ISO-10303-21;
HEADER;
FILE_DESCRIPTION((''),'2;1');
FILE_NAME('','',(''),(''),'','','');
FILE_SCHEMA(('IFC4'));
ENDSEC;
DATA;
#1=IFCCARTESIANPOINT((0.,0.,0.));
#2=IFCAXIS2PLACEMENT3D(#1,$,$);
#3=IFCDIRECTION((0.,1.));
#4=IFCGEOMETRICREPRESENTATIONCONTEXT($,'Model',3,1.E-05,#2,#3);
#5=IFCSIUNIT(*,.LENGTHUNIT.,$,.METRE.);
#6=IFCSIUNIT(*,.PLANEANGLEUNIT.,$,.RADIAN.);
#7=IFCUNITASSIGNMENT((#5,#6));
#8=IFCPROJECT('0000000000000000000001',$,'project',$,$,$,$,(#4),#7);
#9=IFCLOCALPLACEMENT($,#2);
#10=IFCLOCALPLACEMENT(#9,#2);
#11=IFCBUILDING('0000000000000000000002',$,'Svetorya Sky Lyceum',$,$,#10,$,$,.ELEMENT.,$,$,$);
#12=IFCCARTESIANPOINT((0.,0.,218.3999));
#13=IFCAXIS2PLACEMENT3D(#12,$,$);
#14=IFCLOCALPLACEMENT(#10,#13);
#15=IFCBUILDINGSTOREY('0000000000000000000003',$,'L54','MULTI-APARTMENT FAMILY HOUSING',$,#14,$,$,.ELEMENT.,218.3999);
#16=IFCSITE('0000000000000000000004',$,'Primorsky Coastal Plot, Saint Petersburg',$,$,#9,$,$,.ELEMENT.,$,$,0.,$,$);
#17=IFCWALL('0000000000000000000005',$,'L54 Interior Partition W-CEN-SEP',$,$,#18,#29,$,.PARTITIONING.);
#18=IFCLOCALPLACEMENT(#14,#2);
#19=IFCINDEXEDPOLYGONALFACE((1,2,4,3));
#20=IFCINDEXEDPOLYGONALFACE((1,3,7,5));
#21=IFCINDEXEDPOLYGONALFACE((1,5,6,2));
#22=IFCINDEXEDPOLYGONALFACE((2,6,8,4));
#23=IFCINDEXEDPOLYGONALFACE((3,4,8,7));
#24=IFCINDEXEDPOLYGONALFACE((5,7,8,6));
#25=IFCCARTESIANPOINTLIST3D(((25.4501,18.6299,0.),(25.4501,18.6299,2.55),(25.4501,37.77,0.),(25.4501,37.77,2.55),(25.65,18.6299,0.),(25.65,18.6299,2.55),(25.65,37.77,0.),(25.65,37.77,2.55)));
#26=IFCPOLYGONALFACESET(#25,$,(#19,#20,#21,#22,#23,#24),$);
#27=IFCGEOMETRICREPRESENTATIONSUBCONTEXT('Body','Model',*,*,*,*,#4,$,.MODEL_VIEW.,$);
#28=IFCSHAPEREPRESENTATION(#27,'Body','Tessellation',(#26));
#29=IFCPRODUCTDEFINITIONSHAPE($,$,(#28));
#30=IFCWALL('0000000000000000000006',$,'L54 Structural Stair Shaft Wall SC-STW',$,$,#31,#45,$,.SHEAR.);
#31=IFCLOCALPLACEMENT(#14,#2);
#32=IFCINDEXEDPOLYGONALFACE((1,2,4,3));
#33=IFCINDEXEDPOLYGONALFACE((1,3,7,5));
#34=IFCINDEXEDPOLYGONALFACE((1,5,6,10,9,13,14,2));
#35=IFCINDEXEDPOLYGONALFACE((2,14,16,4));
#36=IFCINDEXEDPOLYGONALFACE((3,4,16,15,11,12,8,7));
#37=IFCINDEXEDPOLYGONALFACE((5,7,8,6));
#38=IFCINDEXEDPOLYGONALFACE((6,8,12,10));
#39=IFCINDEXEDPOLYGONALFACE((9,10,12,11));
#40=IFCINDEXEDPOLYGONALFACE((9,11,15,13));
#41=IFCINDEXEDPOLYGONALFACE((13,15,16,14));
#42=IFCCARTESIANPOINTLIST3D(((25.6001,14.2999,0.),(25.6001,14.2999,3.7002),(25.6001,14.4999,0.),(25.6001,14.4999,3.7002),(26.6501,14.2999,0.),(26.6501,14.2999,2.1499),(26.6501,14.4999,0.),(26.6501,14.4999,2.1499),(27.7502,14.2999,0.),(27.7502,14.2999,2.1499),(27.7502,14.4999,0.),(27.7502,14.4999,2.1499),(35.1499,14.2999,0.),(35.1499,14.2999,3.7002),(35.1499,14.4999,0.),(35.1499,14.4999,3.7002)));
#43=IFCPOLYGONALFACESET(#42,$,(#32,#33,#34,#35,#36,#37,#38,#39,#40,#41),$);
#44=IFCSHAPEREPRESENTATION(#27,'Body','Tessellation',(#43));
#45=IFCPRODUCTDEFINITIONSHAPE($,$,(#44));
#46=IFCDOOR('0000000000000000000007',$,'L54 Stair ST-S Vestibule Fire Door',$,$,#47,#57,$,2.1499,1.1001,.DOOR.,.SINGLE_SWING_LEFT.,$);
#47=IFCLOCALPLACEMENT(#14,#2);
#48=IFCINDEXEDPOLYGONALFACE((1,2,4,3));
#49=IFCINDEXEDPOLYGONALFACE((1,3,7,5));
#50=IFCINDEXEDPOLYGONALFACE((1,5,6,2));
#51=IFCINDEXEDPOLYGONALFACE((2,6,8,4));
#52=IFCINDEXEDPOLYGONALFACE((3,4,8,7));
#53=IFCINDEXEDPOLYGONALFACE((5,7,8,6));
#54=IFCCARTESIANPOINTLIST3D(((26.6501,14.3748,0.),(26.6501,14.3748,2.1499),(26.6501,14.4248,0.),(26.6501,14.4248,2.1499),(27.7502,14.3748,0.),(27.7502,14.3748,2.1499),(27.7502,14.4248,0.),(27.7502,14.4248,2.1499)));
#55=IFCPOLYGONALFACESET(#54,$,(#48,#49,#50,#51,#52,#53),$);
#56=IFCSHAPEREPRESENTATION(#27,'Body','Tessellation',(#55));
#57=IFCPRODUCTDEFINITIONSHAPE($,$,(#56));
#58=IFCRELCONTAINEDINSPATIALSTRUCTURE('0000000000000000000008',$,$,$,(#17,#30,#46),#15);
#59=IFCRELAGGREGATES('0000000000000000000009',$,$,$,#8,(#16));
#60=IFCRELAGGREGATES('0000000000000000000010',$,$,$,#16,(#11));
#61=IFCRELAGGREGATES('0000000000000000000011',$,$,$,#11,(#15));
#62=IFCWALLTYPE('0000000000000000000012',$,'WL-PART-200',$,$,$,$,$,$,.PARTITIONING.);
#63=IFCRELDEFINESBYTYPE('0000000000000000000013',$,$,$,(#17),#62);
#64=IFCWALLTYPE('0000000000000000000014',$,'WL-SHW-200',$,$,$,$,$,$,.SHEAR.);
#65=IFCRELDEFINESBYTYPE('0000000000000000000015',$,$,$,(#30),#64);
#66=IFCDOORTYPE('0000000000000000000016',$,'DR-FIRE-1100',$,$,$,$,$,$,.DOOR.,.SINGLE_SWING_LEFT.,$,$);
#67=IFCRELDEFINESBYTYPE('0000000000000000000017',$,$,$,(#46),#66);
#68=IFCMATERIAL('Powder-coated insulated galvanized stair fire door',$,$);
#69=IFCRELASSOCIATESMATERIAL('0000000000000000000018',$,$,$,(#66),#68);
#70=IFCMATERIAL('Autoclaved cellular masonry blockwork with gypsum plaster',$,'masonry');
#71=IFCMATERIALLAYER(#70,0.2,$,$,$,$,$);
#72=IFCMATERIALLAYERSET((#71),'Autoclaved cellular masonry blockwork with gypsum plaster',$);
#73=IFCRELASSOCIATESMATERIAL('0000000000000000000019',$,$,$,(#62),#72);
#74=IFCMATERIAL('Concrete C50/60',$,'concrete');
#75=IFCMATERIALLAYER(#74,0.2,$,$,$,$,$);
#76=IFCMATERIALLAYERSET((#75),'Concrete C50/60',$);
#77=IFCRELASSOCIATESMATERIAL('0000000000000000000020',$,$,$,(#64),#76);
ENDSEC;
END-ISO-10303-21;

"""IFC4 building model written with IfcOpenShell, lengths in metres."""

from ifc_helpers import new_model, si_unit, direction, frame, frame_2d, origin, place, context, subcontext, project, spatial, rectangle, extrude, material, layer, layer_set, type_object, element, fill, save


model = new_model("IFC4")

# Units and contexts
model_context = context("Model", 3, precision=1e-05, world=origin(), true_north=direction((0.0, 1.0)))
body_context = subcontext(model_context, "Body", "Model", "MODEL_VIEW")
ifc_project = project(units=[si_unit("LENGTHUNIT", "METRE"), si_unit("PLANEANGLEUNIT", "RADIAN")], contexts=[model_context])

# Site, building, storey
site_placement = place(None, origin())
site = spatial("IfcSite", under=ifc_project, at=site_placement, Name="Primorsky Coastal Plot, Saint Petersburg", CompositionType="ELEMENT", RefElevation=0.0)
building_placement = place(site_placement, origin())
building = spatial("IfcBuilding", under=site, at=building_placement, Name="Svetorya Sky Lyceum", CompositionType="ELEMENT")
storey_placement = place(building_placement, frame((0.0, 0.0, 218.3999)))
storey = spatial("IfcBuildingStorey", under=building, at=storey_placement, Name="L54", Description="MULTI-APARTMENT FAMILY HOUSING", CompositionType="ELEMENT", Elevation=218.3999)

# Shared definitions
ifc_material_1 = material(Name="Concrete C50/60", Category="concrete")

# Shared definitions
ifc_material_2 = material(Name="Powder-coated insulated galvanized stair fire door")
door_type_1 = type_object("IfcDoorType", Name="DR-FIRE-1100", OperationType="SINGLE_SWING_LEFT", PredefinedType="DOOR", material=ifc_material_2)

# Wall
ifc_material_3 = material(Name="Autoclaved cellular masonry blockwork with gypsum plaster", Category="masonry")
ifc_layer_1 = layer(ifc_material_3, 0.2)
ifc_layer_set_1 = layer_set([ifc_layer_1], Name="Autoclaved cellular masonry blockwork with gypsum plaster")
wall_type_1 = type_object("IfcWallType", Name="WL-PART-200", PredefinedType="PARTITIONING", material=ifc_layer_set_1)
wall_1_placement = place(storey_placement, frame((25.55, 18.6299, 0.0), z_axis=(0.0, 0.0, 1.0), x_axis=(0.0, 1.0, 0.0)))
element("IfcWall", 1, at=wall_1_placement, inside=storey, type_object=wall_type_1, Name="L54 Interior Partition W-CEN-SEP", PredefinedType="PARTITIONING", context=body_context, shape_type="SweptSolid", body=[
    extrude(rectangle(XDim=19.1401, YDim=0.2, at=frame_2d((9.5701, 0.0))), origin(), (0.0, 0.0, 1.0), 2.55),
])

# Wall, opening, door
ifc_layer_2 = layer(ifc_material_1, 0.2)
ifc_layer_set_2 = layer_set([ifc_layer_2], Name="Concrete C50/60")
wall_type_2 = type_object("IfcWallType", Name="WL-SHW-200", PredefinedType="SHEAR", material=ifc_layer_set_2)
wall_2_placement = place(storey_placement, frame((25.6001, 14.3999, 0.0), z_axis=(0.0, 0.0, 1.0), x_axis=(1.0, 0.0, 0.0)))
wall_2 = element("IfcWall", 2, at=wall_2_placement, inside=storey, type_object=wall_type_2, Name="L54 Structural Stair Shaft Wall SC-STW", PredefinedType="SHEAR", context=body_context, shape_type="SweptSolid", body=[
    extrude(rectangle(XDim=9.5498, YDim=0.2, at=frame_2d((4.7749, 0.0))), origin(), (0.0, 0.0, 1.0), 3.7002),
])
opening_1_placement = place(wall_2_placement, frame((1.05, 0.0, 0.0)))
opening_1 = element("IfcOpeningElement", 3, at=opening_1_placement, cuts=wall_2, PredefinedType="OPENING", context=body_context, shape_type="SweptSolid", body=[
    extrude(rectangle(XDim=1.1001, YDim=2.1499, at=frame_2d((0.55, 1.075))), frame((0.0, 0.1099, 0.0), z_axis=(0.0, -1.0, 0.0), x_axis=(1.0, 0.0, 0.0)), (0.0, 0.0, 1.0), 0.22),
])
door_1_placement = place(opening_1_placement, origin())
door_1 = element("IfcDoor", 4, at=door_1_placement, inside=storey, type_object=door_type_1, Name="L54 Stair ST-S Vestibule Fire Door", OperationType="SINGLE_SWING_LEFT", OverallHeight=2.1499, OverallWidth=1.1001, PredefinedType="DOOR", context=body_context, shape_type="SweptSolid", body=[
    extrude(rectangle(XDim=1.1001, YDim=2.1499, at=frame_2d((0.55, 1.075))), frame((0.0, 0.0249, 0.0), z_axis=(0.0, -1.0, 0.0), x_axis=(1.0, 0.0, 0.0)), (0.0, 0.0, 1.0), 0.05),
])
fill(opening_1, door_1)

save(model, "model.ifc")
